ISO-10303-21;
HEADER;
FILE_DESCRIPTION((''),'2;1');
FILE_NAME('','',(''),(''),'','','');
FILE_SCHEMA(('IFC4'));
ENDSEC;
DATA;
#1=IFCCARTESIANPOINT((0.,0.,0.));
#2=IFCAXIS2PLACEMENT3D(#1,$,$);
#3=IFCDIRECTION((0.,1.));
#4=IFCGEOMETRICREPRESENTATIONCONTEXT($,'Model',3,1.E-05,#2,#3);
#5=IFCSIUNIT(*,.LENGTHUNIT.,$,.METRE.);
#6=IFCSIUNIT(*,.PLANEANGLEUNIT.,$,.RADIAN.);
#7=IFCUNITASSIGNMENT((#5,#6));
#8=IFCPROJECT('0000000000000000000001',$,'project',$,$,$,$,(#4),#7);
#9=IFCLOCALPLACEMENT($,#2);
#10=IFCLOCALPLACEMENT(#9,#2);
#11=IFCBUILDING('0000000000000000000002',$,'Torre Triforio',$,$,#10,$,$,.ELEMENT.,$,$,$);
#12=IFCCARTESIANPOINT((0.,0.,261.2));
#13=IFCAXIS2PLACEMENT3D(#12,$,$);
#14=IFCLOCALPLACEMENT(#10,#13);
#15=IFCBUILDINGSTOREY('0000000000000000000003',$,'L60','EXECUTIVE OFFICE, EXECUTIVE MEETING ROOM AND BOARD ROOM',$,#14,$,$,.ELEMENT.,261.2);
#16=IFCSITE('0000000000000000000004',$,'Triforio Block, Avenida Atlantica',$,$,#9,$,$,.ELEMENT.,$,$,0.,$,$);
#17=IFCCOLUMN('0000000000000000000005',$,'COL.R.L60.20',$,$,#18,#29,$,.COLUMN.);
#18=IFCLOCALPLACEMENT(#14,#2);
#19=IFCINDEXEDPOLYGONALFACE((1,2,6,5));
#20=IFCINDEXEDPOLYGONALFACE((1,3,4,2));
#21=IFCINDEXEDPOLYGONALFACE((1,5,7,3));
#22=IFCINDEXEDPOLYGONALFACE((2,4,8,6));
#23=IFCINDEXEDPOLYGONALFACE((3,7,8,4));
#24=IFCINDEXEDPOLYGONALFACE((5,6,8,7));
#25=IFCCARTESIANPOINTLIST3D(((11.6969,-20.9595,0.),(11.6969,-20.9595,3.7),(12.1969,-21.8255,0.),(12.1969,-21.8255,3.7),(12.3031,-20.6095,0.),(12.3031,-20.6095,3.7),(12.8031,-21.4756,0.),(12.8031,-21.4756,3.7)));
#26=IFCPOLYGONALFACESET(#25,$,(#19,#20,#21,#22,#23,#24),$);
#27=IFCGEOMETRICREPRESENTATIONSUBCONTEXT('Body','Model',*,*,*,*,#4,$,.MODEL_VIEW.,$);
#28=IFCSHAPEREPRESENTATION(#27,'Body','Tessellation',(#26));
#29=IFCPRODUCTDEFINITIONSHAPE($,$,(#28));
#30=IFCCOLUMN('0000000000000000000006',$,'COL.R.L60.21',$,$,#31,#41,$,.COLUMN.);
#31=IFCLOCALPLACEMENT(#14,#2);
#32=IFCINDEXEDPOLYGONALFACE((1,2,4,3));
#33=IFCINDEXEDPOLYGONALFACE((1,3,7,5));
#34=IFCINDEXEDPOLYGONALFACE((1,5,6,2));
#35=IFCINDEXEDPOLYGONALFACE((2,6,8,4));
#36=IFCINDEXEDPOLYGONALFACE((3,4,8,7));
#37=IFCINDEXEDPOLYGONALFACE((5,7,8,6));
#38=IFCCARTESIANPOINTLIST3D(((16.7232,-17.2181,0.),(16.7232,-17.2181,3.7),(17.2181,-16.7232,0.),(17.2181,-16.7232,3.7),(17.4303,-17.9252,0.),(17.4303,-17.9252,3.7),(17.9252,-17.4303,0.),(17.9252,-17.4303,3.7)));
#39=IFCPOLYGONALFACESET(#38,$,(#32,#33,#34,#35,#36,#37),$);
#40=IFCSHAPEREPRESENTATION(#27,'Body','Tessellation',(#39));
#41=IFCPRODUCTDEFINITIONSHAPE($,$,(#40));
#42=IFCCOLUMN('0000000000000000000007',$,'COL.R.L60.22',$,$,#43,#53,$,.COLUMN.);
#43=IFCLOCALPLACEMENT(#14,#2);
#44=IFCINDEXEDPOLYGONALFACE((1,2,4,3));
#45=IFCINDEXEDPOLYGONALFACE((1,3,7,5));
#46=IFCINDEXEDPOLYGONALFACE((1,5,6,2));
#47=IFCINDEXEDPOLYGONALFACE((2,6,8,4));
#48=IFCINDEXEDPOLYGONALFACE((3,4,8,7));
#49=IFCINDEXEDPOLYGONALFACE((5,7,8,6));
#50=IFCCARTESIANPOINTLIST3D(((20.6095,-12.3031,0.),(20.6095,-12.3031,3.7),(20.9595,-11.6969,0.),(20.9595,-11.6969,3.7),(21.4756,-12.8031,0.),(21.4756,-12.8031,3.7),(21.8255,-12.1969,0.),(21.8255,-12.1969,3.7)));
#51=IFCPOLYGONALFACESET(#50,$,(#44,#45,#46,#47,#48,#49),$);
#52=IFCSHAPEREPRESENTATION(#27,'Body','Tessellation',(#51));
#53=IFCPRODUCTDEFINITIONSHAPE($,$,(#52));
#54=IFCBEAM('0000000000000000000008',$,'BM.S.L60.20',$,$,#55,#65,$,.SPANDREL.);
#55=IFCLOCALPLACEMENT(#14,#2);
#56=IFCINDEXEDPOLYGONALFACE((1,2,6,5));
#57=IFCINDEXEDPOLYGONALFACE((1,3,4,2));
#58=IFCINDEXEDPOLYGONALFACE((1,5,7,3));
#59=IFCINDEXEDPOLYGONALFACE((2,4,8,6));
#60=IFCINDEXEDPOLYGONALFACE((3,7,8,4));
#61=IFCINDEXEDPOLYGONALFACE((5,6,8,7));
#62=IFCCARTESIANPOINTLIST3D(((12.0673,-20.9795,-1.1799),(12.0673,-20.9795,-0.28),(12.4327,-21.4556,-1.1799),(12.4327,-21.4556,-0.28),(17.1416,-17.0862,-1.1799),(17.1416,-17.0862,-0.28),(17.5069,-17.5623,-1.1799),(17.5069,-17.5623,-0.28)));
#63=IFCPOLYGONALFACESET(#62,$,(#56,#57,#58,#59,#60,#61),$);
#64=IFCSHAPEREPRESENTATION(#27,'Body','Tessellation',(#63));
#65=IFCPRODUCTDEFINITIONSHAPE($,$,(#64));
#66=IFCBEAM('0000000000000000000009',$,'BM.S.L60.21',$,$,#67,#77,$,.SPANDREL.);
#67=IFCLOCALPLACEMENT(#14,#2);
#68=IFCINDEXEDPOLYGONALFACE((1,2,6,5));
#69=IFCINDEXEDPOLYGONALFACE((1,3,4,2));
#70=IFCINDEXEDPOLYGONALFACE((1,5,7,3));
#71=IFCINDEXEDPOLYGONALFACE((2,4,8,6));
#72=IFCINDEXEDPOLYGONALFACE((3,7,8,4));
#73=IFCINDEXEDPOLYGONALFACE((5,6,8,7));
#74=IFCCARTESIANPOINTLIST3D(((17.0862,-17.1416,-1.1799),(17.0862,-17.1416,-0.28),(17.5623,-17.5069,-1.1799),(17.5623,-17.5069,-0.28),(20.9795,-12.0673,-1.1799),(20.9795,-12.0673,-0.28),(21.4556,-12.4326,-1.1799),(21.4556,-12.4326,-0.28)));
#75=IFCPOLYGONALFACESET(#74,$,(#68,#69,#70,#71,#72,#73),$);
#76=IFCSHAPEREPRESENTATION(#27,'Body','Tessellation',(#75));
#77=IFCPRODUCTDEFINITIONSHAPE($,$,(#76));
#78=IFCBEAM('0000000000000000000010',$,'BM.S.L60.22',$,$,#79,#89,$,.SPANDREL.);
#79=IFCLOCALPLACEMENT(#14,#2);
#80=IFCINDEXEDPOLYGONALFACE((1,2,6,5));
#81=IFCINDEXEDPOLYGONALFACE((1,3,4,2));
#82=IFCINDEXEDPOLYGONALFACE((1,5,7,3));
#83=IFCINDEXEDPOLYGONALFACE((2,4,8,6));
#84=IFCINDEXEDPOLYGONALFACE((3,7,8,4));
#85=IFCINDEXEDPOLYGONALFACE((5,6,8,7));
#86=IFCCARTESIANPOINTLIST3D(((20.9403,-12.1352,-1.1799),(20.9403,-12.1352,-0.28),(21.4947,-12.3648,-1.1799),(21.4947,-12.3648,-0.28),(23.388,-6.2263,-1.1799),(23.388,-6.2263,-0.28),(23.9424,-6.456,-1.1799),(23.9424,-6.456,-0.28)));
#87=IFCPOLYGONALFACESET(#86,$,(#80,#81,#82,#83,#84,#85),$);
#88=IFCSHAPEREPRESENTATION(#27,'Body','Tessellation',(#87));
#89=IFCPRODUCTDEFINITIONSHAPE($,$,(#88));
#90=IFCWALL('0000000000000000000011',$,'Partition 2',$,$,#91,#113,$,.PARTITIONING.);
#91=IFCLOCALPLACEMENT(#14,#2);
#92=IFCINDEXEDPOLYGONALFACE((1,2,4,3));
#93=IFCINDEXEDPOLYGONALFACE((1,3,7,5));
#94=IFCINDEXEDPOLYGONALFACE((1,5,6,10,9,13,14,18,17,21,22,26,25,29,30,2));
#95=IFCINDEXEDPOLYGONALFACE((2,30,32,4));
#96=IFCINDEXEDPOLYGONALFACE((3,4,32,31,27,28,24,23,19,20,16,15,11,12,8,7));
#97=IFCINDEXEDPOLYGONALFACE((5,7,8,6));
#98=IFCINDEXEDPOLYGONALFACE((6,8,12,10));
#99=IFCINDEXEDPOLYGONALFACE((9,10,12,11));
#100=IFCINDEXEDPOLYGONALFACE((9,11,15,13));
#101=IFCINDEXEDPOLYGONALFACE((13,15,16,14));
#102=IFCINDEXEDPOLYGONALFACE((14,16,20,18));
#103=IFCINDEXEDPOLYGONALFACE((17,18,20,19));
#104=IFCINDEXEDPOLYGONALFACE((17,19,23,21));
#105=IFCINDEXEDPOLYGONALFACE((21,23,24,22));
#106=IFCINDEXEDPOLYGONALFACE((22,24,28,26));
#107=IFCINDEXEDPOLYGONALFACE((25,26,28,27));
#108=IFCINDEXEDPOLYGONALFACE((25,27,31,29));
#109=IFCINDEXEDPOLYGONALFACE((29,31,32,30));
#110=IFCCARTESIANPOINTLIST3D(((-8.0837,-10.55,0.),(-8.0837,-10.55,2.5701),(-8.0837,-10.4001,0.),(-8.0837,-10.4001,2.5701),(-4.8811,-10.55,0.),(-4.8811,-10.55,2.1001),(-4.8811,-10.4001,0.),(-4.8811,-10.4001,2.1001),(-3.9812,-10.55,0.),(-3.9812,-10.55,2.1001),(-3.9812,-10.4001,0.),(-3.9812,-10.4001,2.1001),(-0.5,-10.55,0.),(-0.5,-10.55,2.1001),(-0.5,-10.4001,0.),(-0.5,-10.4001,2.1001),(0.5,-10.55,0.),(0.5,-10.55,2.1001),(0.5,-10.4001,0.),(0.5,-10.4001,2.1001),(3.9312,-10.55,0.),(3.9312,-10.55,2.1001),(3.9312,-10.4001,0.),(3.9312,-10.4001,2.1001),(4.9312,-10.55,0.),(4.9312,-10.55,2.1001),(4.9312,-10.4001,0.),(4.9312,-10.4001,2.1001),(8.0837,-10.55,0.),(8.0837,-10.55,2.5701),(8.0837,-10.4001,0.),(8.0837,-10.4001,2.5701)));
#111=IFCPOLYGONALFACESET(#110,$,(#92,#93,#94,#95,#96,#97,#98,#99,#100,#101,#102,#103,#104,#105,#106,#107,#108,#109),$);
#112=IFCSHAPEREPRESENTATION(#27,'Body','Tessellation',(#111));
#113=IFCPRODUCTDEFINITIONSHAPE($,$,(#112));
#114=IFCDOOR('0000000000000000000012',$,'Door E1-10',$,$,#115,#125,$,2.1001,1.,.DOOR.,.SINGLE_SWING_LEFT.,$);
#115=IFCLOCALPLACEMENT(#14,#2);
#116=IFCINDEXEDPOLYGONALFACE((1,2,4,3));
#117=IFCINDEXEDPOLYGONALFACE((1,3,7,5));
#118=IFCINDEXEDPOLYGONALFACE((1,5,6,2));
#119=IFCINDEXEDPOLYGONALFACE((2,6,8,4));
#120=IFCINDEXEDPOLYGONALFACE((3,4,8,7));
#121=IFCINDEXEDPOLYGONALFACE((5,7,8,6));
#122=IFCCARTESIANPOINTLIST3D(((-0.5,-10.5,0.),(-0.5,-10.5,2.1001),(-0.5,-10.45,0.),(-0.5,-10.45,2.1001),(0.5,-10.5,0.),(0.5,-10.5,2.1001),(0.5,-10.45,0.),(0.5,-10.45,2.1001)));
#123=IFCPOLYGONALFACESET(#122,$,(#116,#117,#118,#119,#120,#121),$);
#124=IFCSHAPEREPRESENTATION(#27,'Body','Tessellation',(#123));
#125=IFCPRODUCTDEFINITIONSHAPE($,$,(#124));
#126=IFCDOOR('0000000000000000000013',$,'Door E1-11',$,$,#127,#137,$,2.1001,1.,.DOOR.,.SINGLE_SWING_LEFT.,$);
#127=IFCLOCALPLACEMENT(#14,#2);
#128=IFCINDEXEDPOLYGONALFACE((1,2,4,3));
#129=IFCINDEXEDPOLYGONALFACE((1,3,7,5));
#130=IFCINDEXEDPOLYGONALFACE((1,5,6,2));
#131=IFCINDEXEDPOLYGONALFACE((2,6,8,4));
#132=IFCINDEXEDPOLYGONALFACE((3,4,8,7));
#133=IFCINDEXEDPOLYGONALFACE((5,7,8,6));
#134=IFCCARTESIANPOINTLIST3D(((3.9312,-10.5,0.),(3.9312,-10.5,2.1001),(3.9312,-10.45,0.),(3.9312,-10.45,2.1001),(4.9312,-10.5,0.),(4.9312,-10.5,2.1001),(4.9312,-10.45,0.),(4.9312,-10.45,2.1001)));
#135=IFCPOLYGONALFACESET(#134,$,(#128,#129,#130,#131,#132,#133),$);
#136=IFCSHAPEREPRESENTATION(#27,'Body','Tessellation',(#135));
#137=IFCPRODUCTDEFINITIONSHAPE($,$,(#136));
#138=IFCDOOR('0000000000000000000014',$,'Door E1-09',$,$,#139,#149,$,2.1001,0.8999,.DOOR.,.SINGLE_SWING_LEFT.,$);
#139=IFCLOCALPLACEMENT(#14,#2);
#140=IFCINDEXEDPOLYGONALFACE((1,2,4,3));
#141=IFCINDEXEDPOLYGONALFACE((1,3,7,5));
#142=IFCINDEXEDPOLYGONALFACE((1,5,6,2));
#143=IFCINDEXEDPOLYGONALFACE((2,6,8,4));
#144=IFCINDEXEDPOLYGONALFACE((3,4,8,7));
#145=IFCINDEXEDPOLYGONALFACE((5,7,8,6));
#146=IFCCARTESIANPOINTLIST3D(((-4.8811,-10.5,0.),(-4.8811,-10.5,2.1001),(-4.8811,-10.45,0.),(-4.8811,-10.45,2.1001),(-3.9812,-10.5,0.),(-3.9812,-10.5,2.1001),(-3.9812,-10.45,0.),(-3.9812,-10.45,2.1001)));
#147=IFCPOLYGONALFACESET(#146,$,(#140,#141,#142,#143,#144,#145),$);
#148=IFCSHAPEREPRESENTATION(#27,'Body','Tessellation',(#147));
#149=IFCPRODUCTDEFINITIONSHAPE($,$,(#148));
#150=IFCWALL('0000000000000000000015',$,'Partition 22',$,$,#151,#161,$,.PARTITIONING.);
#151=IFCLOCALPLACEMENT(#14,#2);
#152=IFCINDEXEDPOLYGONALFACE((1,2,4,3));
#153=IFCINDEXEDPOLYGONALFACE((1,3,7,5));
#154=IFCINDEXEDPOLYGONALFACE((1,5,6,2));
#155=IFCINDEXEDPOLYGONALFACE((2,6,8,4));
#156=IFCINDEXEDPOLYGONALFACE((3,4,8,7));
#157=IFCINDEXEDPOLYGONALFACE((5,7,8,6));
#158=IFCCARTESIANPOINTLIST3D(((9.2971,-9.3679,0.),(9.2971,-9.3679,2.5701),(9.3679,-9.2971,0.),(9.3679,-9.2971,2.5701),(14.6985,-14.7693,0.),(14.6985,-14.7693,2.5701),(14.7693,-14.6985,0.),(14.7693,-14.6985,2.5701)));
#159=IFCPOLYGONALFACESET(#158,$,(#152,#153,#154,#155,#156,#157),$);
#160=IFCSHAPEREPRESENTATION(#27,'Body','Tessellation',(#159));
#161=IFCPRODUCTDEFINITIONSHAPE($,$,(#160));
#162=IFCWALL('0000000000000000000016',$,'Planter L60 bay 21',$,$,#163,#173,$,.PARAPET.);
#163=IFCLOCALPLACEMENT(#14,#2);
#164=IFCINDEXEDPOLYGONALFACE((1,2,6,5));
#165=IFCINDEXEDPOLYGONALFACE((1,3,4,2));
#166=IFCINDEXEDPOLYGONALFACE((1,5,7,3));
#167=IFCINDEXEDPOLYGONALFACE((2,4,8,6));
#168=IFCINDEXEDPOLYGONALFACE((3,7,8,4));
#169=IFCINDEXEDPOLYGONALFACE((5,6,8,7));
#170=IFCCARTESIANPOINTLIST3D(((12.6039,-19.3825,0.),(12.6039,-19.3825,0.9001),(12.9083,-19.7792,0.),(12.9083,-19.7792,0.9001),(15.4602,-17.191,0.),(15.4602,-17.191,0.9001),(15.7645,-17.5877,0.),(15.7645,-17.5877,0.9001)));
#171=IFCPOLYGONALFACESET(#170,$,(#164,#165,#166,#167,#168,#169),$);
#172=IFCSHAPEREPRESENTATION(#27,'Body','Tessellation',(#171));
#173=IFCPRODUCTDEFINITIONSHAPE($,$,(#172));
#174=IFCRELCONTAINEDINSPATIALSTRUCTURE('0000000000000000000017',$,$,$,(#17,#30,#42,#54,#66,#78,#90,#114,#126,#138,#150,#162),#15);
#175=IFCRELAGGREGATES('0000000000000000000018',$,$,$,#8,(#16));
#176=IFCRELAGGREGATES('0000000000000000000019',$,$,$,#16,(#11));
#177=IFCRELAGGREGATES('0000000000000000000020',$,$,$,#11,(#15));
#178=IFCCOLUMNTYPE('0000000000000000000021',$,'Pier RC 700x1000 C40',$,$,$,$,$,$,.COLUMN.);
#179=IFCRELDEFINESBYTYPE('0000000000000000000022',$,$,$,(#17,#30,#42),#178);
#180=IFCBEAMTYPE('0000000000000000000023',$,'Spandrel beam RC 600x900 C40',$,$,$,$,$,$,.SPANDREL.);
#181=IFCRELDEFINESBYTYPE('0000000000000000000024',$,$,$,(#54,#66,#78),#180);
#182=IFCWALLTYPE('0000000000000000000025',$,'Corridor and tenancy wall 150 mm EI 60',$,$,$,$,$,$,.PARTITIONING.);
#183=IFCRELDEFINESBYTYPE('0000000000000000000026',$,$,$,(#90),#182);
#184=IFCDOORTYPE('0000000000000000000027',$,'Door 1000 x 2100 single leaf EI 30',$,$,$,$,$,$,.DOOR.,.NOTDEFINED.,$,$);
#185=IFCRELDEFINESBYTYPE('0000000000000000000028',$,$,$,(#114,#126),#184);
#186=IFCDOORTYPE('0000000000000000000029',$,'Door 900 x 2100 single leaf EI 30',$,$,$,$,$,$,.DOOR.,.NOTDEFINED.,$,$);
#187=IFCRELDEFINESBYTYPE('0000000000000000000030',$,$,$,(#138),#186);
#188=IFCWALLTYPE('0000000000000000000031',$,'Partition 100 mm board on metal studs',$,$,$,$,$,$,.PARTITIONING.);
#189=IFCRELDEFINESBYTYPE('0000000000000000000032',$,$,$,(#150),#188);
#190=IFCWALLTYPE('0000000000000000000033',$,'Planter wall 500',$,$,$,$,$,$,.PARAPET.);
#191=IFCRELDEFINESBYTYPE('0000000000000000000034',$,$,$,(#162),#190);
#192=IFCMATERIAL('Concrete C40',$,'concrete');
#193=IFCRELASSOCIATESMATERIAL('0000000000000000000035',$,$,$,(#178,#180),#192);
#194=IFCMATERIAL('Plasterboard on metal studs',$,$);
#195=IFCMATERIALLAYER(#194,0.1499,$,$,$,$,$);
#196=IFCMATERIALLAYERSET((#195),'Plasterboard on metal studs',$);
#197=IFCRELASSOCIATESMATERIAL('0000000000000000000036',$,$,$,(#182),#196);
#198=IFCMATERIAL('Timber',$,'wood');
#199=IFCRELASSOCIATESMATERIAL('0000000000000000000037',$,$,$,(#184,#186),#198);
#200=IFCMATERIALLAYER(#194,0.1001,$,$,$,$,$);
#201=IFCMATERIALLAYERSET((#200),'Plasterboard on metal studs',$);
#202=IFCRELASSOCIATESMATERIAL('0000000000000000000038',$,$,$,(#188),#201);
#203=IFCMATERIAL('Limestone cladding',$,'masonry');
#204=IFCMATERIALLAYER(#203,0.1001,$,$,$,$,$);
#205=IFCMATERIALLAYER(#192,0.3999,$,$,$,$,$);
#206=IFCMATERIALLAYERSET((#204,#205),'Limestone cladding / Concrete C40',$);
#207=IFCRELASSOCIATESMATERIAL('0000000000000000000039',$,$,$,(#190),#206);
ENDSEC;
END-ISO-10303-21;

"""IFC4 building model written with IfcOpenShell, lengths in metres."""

from ifc_helpers import new_model, si_unit, direction, frame, frame_2d, origin, origin_2d, place, context, subcontext, project, spatial, rectangle, extrude, material, layer, layer_set, material_profile, profile_set, type_object, element, fill, save


model = new_model("IFC4")

# Units and contexts
model_context = context("Model", 3, precision=1e-05, world=origin(), true_north=direction((0.0, 1.0)))
body_context = subcontext(model_context, "Body", "Model", "MODEL_VIEW")
ifc_project = project(units=[si_unit("LENGTHUNIT", "METRE"), si_unit("PLANEANGLEUNIT", "RADIAN")], contexts=[model_context])

# Site, building, storey
site_placement = place(None, origin())
site = spatial("IfcSite", under=ifc_project, at=site_placement, Name="Triforio Block, Avenida Atlantica", CompositionType="ELEMENT", RefElevation=0.0)
building_placement = place(site_placement, origin())
building = spatial("IfcBuilding", under=site, at=building_placement, Name="Torre Triforio", CompositionType="ELEMENT")
storey_placement = place(building_placement, frame((0.0, 0.0, 261.2)))
storey = spatial("IfcBuildingStorey", under=building, at=storey_placement, Name="L60", Description="EXECUTIVE OFFICE, EXECUTIVE MEETING ROOM AND BOARD ROOM", CompositionType="ELEMENT", Elevation=261.2)

# Columns
ifc_material_1 = material(Name="Concrete C40", Category="concrete")
ifc_material_profile_1 = material_profile(ifc_material_1, rectangle(XDim=0.7, YDim=1.0, at=origin_2d()), Name="RC 700x1000")
ifc_profile_set_1 = profile_set([ifc_material_profile_1], Name="Concrete C40")
column_type = type_object("IfcColumnType", Name="Pier RC 700x1000 C40", PredefinedType="COLUMN", material=ifc_profile_set_1)
for number, where, z_axis, x_axis, name in (
    (1, (12.25, -21.2175, 0.0), (0.0, 0.0, 1.0), (0.866025, 0.5, 0.0), "COL.R.L60.20"),
    (2, (17.3242, -17.3242, 0.0), (0.0, 0.0, 1.0), (0.707107, 0.707107, 0.0), "COL.R.L60.21"),
    (3, (21.2175, -12.25, 0.0), (0.0, 0.0, 1.0), (0.5, 0.866025, 0.0), "COL.R.L60.22"),
):
    element("IfcColumn", number, at=place(storey_placement, frame(where, z_axis=z_axis, x_axis=x_axis)), inside=storey, type_object=column_type, Name=name, PredefinedType="COLUMN", context=body_context, shape_type="SweptSolid", body=[
        extrude(rectangle(XDim=0.7, YDim=1.0, at=origin_2d()), origin(), (0.0, 0.0, 1.0), 3.7),
    ])

# Beams
ifc_material_profile_2 = material_profile(ifc_material_1, rectangle(XDim=0.6001, YDim=0.8999, at=origin_2d()), Name="RC 600x900")
ifc_profile_set_2 = profile_set([ifc_material_profile_2], Name="Concrete C40")
beam_type = type_object("IfcBeamType", Name="Spandrel beam RC 600x900 C40", PredefinedType="SPANDREL", material=ifc_profile_set_2)
for number, where, z_axis, x_axis, name in (
    (4, (12.25, -21.2175, -0.73), (0.793374, 0.608734, 0.0), (-0.608734, 0.793374, 0.0), "BM.S.L60.20"),
    (5, (17.3242, -17.3242, -0.73), (0.608734, 0.793374, 0.0), (-0.793374, 0.608734, 0.0), "BM.S.L60.21"),
    (6, (21.2175, -12.25, -0.73), (0.382709, 0.923869, 0.0), (-0.923869, 0.382709, 0.0), "BM.S.L60.22"),
):
    element("IfcBeam", number, at=place(storey_placement, frame(where, z_axis=z_axis, x_axis=x_axis)), inside=storey, type_object=beam_type, Name=name, PredefinedType="SPANDREL", context=body_context, shape_type="SweptSolid", body=[
        extrude(rectangle(XDim=0.6001, YDim=0.8999, at=origin_2d()), origin(), (0.0, 0.0, 1.0), 6.3958),
    ])

# Wall, openings, doors
ifc_material_2 = material(Name="Plasterboard on metal studs")
ifc_layer_1 = layer(ifc_material_2, 0.1499)
ifc_layer_set_1 = layer_set([ifc_layer_1], Name="Plasterboard on metal studs")
wall_type_1 = type_object("IfcWallType", Name="Corridor and tenancy wall 150 mm EI 60", PredefinedType="PARTITIONING", material=ifc_layer_set_1)
wall_1_placement = place(storey_placement, frame((8.0837, -10.4751, 0.0), z_axis=(0.0, 0.0, 1.0), x_axis=(-1.0, 0.0, 0.0)))
wall_1 = element("IfcWall", 7, at=wall_1_placement, inside=storey, type_object=wall_type_1, Name="Partition 2", PredefinedType="PARTITIONING", context=body_context, shape_type="SweptSolid", body=[
    extrude(rectangle(XDim=16.1675, YDim=0.1499, at=frame_2d((8.0837, 0.0))), origin(), (0.0, 0.0, 1.0), 2.5701),
])
opening_1_placement = place(wall_1_placement, frame((12.0649, 0.0, 0.0)))
opening_1 = element("IfcOpeningElement", 8, at=opening_1_placement, cuts=wall_1, PredefinedType="OPENING", context=body_context, shape_type="SweptSolid", body=[
    extrude(rectangle(XDim=0.8999, YDim=2.1001, at=frame_2d((0.45, 1.05))), frame((0.0, 0.085, 0.0), z_axis=(0.0, -1.0, 0.0), x_axis=(1.0, 0.0, 0.0)), (0.0, 0.0, 1.0), 0.1699),
])
opening_2_placement = place(wall_1_placement, frame((7.5837, 0.0, 0.0)))
opening_2 = element("IfcOpeningElement", 9, at=opening_2_placement, cuts=wall_1, PredefinedType="OPENING", context=body_context, shape_type="SweptSolid", body=[
    extrude(rectangle(XDim=1.0, YDim=2.1001, at=frame_2d((0.5, 1.05))), frame((0.0, 0.085, 0.0), z_axis=(0.0, -1.0, 0.0), x_axis=(1.0, 0.0, 0.0)), (0.0, 0.0, 1.0), 0.1699),
])
opening_3_placement = place(wall_1_placement, frame((3.1526, 0.0, 0.0)))
opening_3 = element("IfcOpeningElement", 10, at=opening_3_placement, cuts=wall_1, PredefinedType="OPENING", context=body_context, shape_type="SweptSolid", body=[
    extrude(rectangle(XDim=1.0, YDim=2.1001, at=frame_2d((0.5, 1.05))), frame((0.0, 0.085, 0.0), z_axis=(0.0, -1.0, 0.0), x_axis=(1.0, 0.0, 0.0)), (0.0, 0.0, 1.0), 0.1699),
])
ifc_material_3 = material(Name="Timber", Category="wood")
door_type_1 = type_object("IfcDoorType", Name="Door 1000 x 2100 single leaf EI 30", OperationType="NOTDEFINED", PredefinedType="DOOR", material=ifc_material_3)
door_1_placement = place(opening_2_placement, origin())
door_1 = element("IfcDoor", 11, at=door_1_placement, inside=storey, type_object=door_type_1, Name="Door E1-10", OperationType="SINGLE_SWING_LEFT", OverallHeight=2.1001, OverallWidth=1.0, PredefinedType="DOOR", context=body_context, shape_type="SweptSolid", body=[
    extrude(rectangle(XDim=1.0, YDim=2.1001, at=frame_2d((0.5, 1.05))), frame((0.0, 0.0249, 0.0), z_axis=(0.0, -1.0, 0.0), x_axis=(1.0, 0.0, 0.0)), (0.0, 0.0, 1.0), 0.05),
])
fill(opening_2, door_1)
door_2_placement = place(opening_3_placement, origin())
door_2 = element("IfcDoor", 12, at=door_2_placement, inside=storey, type_object=door_type_1, Name="Door E1-11", OperationType="SINGLE_SWING_LEFT", OverallHeight=2.1001, OverallWidth=1.0, PredefinedType="DOOR", context=body_context, shape_type="SweptSolid", body=[
    extrude(rectangle(XDim=1.0, YDim=2.1001, at=frame_2d((0.5, 1.05))), frame((0.0, 0.0249, 0.0), z_axis=(0.0, -1.0, 0.0), x_axis=(1.0, 0.0, 0.0)), (0.0, 0.0, 1.0), 0.05),
])
fill(opening_3, door_2)
door_type_2 = type_object("IfcDoorType", Name="Door 900 x 2100 single leaf EI 30", OperationType="NOTDEFINED", PredefinedType="DOOR", material=ifc_material_3)
door_3_placement = place(opening_1_placement, origin())
door_3 = element("IfcDoor", 13, at=door_3_placement, inside=storey, type_object=door_type_2, Name="Door E1-09", OperationType="SINGLE_SWING_LEFT", OverallHeight=2.1001, OverallWidth=0.8999, PredefinedType="DOOR", context=body_context, shape_type="SweptSolid", body=[
    extrude(rectangle(XDim=0.8999, YDim=2.1001, at=frame_2d((0.45, 1.05))), frame((0.0, 0.0249, 0.0), z_axis=(0.0, -1.0, 0.0), x_axis=(1.0, 0.0, 0.0)), (0.0, 0.0, 1.0), 0.05),
])
fill(opening_1, door_3)

# Walls
ifc_layer_2 = layer(ifc_material_2, 0.1001)
ifc_layer_set_2 = layer_set([ifc_layer_2], Name="Plasterboard on metal studs")
wall_type_2 = type_object("IfcWallType", Name="Partition 100 mm board on metal studs", PredefinedType="PARTITIONING", material=ifc_layer_set_2)
wall_2_placement = place(storey_placement, frame((9.3325, -9.3325, 0.0), z_axis=(0.0, 0.0, 1.0), x_axis=(0.707107, -0.707107, 0.0)))
element("IfcWall", 14, at=wall_2_placement, inside=storey, type_object=wall_type_2, Name="Partition 22", PredefinedType="PARTITIONING", context=body_context, shape_type="SweptSolid", body=[
    extrude(rectangle(XDim=7.6387, YDim=0.1001, at=frame_2d((3.8193, 0.0))), origin(), (0.0, 0.0, 1.0), 2.5701),
])
ifc_material_4 = material(Name="Limestone cladding", Category="masonry")
ifc_layer_3 = layer(ifc_material_4, 0.1001)
ifc_layer_4 = layer(ifc_material_1, 0.3999)
ifc_layer_set_3 = layer_set([ifc_layer_3, ifc_layer_4], Name="Limestone cladding / Concrete C40")
wall_type_3 = type_object("IfcWallType", Name="Planter wall 500", PredefinedType="PARAPET", material=ifc_layer_set_3)
wall_3_placement = place(storey_placement, frame((12.7561, -19.5808, 0.0), z_axis=(0.0, 0.0, 1.0), x_axis=(0.793385, 0.608721, 0.0)))
element("IfcWall", 15, at=wall_3_placement, inside=storey, type_object=wall_type_3, Name="Planter L60 bay 21", PredefinedType="PARAPET", context=body_context, shape_type="SweptSolid", body=[
    extrude(rectangle(XDim=3.6001, YDim=0.5, at=frame_2d((1.8, 0.0))), origin(), (0.0, 0.0, 1.0), 0.9001),
])

save(model, "model.ifc")
